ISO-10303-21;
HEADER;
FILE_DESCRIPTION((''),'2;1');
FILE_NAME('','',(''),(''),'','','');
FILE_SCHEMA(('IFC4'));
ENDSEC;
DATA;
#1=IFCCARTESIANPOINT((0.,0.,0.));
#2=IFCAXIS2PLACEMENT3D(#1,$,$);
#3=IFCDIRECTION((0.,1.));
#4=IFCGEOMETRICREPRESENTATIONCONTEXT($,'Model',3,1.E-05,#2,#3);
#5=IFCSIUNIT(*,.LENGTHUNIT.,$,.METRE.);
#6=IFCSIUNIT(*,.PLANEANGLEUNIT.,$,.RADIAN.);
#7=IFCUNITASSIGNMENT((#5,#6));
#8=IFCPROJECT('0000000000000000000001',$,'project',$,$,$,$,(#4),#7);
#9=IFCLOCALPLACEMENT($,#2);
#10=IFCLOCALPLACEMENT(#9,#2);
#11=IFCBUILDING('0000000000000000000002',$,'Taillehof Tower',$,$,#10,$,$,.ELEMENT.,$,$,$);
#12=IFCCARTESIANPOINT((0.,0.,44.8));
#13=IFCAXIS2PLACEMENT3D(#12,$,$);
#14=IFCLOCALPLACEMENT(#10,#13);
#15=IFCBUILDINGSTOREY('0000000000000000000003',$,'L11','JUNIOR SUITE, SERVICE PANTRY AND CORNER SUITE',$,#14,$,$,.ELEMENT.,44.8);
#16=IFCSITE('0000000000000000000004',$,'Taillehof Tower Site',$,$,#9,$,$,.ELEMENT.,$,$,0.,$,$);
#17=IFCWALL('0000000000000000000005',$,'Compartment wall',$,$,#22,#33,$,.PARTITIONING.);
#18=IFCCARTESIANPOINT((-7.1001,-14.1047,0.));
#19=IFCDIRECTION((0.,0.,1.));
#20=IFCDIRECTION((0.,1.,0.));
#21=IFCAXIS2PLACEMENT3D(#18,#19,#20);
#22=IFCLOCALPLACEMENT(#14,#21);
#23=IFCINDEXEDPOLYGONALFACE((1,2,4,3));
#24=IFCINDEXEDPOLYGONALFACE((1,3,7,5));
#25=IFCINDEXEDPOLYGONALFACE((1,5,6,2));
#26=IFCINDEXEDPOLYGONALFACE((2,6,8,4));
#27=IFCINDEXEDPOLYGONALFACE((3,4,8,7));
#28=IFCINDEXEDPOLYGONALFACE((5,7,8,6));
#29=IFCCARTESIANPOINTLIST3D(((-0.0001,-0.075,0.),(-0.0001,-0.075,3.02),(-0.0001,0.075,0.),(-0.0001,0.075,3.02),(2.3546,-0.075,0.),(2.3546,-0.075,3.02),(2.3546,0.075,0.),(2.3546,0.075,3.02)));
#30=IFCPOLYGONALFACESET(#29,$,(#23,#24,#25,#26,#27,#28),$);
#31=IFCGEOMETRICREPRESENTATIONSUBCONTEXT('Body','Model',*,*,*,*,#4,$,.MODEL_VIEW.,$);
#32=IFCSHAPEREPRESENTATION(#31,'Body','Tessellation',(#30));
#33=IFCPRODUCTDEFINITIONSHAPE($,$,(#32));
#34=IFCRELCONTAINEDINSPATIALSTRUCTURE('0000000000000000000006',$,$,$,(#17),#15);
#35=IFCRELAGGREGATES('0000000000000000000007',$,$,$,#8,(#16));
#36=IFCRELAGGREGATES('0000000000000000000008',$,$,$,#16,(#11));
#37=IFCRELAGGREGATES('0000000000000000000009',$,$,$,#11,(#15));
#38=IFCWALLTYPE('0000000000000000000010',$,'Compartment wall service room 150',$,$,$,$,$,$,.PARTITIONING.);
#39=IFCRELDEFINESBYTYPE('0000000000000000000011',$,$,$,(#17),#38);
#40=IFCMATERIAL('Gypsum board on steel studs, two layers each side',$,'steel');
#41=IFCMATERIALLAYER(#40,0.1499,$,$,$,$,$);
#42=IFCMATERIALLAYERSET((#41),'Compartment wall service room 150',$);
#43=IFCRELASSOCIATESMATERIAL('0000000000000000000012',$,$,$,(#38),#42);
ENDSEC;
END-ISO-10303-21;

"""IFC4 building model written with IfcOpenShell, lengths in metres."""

from ifc_helpers import new_model, si_unit, direction, frame, frame_2d, origin, place, context, subcontext, project, spatial, rectangle, extrude, material, layer, layer_set, type_object, element, save


model = new_model("IFC4")

# Units and contexts
model_context = context("Model", 3, precision=1e-05, world=origin(), true_north=direction((0.0, 1.0)))
body_context = subcontext(model_context, "Body", "Model", "MODEL_VIEW")
ifc_project = project(units=[si_unit("LENGTHUNIT", "METRE"), si_unit("PLANEANGLEUNIT", "RADIAN")], contexts=[model_context])

# Site, building, storey
site_placement = place(None, origin())
site = spatial("IfcSite", under=ifc_project, at=site_placement, Name="Taillehof Tower Site", CompositionType="ELEMENT", RefElevation=0.0)
building_placement = place(site_placement, origin())
building = spatial("IfcBuilding", under=site, at=building_placement, Name="Taillehof Tower", CompositionType="ELEMENT")
storey_placement = place(building_placement, frame((0.0, 0.0, 44.8)))
storey = spatial("IfcBuildingStorey", under=building, at=storey_placement, Name="L11", Description="JUNIOR SUITE, SERVICE PANTRY AND CORNER SUITE", CompositionType="ELEMENT", Elevation=44.8)

# Wall
ifc_material_1 = material(Name="Gypsum board on steel studs, two layers each side", Category="steel")
ifc_layer_1 = layer(ifc_material_1, 0.1499)
ifc_layer_set_1 = layer_set([ifc_layer_1], Name="Compartment wall service room 150")
wall_type_1 = type_object("IfcWallType", Name="Compartment wall service room 150", PredefinedType="PARTITIONING", material=ifc_layer_set_1)
wall_1_placement = place(storey_placement, frame((-7.1001, -14.1047, 0.0), z_axis=(0.0, 0.0, 1.0), x_axis=(0.0, 1.0, 0.0)))
element("IfcWall", 1, at=wall_1_placement, inside=storey, type_object=wall_type_1, Name="Compartment wall", PredefinedType="PARTITIONING", context=body_context, shape_type="SweptSolid", body=[
    extrude(rectangle(XDim=2.3547, YDim=0.1499, at=frame_2d((1.1772, 0.0))), origin(), (0.0, 0.0, 1.0), 3.02),
])

save(model, "model.ifc")
